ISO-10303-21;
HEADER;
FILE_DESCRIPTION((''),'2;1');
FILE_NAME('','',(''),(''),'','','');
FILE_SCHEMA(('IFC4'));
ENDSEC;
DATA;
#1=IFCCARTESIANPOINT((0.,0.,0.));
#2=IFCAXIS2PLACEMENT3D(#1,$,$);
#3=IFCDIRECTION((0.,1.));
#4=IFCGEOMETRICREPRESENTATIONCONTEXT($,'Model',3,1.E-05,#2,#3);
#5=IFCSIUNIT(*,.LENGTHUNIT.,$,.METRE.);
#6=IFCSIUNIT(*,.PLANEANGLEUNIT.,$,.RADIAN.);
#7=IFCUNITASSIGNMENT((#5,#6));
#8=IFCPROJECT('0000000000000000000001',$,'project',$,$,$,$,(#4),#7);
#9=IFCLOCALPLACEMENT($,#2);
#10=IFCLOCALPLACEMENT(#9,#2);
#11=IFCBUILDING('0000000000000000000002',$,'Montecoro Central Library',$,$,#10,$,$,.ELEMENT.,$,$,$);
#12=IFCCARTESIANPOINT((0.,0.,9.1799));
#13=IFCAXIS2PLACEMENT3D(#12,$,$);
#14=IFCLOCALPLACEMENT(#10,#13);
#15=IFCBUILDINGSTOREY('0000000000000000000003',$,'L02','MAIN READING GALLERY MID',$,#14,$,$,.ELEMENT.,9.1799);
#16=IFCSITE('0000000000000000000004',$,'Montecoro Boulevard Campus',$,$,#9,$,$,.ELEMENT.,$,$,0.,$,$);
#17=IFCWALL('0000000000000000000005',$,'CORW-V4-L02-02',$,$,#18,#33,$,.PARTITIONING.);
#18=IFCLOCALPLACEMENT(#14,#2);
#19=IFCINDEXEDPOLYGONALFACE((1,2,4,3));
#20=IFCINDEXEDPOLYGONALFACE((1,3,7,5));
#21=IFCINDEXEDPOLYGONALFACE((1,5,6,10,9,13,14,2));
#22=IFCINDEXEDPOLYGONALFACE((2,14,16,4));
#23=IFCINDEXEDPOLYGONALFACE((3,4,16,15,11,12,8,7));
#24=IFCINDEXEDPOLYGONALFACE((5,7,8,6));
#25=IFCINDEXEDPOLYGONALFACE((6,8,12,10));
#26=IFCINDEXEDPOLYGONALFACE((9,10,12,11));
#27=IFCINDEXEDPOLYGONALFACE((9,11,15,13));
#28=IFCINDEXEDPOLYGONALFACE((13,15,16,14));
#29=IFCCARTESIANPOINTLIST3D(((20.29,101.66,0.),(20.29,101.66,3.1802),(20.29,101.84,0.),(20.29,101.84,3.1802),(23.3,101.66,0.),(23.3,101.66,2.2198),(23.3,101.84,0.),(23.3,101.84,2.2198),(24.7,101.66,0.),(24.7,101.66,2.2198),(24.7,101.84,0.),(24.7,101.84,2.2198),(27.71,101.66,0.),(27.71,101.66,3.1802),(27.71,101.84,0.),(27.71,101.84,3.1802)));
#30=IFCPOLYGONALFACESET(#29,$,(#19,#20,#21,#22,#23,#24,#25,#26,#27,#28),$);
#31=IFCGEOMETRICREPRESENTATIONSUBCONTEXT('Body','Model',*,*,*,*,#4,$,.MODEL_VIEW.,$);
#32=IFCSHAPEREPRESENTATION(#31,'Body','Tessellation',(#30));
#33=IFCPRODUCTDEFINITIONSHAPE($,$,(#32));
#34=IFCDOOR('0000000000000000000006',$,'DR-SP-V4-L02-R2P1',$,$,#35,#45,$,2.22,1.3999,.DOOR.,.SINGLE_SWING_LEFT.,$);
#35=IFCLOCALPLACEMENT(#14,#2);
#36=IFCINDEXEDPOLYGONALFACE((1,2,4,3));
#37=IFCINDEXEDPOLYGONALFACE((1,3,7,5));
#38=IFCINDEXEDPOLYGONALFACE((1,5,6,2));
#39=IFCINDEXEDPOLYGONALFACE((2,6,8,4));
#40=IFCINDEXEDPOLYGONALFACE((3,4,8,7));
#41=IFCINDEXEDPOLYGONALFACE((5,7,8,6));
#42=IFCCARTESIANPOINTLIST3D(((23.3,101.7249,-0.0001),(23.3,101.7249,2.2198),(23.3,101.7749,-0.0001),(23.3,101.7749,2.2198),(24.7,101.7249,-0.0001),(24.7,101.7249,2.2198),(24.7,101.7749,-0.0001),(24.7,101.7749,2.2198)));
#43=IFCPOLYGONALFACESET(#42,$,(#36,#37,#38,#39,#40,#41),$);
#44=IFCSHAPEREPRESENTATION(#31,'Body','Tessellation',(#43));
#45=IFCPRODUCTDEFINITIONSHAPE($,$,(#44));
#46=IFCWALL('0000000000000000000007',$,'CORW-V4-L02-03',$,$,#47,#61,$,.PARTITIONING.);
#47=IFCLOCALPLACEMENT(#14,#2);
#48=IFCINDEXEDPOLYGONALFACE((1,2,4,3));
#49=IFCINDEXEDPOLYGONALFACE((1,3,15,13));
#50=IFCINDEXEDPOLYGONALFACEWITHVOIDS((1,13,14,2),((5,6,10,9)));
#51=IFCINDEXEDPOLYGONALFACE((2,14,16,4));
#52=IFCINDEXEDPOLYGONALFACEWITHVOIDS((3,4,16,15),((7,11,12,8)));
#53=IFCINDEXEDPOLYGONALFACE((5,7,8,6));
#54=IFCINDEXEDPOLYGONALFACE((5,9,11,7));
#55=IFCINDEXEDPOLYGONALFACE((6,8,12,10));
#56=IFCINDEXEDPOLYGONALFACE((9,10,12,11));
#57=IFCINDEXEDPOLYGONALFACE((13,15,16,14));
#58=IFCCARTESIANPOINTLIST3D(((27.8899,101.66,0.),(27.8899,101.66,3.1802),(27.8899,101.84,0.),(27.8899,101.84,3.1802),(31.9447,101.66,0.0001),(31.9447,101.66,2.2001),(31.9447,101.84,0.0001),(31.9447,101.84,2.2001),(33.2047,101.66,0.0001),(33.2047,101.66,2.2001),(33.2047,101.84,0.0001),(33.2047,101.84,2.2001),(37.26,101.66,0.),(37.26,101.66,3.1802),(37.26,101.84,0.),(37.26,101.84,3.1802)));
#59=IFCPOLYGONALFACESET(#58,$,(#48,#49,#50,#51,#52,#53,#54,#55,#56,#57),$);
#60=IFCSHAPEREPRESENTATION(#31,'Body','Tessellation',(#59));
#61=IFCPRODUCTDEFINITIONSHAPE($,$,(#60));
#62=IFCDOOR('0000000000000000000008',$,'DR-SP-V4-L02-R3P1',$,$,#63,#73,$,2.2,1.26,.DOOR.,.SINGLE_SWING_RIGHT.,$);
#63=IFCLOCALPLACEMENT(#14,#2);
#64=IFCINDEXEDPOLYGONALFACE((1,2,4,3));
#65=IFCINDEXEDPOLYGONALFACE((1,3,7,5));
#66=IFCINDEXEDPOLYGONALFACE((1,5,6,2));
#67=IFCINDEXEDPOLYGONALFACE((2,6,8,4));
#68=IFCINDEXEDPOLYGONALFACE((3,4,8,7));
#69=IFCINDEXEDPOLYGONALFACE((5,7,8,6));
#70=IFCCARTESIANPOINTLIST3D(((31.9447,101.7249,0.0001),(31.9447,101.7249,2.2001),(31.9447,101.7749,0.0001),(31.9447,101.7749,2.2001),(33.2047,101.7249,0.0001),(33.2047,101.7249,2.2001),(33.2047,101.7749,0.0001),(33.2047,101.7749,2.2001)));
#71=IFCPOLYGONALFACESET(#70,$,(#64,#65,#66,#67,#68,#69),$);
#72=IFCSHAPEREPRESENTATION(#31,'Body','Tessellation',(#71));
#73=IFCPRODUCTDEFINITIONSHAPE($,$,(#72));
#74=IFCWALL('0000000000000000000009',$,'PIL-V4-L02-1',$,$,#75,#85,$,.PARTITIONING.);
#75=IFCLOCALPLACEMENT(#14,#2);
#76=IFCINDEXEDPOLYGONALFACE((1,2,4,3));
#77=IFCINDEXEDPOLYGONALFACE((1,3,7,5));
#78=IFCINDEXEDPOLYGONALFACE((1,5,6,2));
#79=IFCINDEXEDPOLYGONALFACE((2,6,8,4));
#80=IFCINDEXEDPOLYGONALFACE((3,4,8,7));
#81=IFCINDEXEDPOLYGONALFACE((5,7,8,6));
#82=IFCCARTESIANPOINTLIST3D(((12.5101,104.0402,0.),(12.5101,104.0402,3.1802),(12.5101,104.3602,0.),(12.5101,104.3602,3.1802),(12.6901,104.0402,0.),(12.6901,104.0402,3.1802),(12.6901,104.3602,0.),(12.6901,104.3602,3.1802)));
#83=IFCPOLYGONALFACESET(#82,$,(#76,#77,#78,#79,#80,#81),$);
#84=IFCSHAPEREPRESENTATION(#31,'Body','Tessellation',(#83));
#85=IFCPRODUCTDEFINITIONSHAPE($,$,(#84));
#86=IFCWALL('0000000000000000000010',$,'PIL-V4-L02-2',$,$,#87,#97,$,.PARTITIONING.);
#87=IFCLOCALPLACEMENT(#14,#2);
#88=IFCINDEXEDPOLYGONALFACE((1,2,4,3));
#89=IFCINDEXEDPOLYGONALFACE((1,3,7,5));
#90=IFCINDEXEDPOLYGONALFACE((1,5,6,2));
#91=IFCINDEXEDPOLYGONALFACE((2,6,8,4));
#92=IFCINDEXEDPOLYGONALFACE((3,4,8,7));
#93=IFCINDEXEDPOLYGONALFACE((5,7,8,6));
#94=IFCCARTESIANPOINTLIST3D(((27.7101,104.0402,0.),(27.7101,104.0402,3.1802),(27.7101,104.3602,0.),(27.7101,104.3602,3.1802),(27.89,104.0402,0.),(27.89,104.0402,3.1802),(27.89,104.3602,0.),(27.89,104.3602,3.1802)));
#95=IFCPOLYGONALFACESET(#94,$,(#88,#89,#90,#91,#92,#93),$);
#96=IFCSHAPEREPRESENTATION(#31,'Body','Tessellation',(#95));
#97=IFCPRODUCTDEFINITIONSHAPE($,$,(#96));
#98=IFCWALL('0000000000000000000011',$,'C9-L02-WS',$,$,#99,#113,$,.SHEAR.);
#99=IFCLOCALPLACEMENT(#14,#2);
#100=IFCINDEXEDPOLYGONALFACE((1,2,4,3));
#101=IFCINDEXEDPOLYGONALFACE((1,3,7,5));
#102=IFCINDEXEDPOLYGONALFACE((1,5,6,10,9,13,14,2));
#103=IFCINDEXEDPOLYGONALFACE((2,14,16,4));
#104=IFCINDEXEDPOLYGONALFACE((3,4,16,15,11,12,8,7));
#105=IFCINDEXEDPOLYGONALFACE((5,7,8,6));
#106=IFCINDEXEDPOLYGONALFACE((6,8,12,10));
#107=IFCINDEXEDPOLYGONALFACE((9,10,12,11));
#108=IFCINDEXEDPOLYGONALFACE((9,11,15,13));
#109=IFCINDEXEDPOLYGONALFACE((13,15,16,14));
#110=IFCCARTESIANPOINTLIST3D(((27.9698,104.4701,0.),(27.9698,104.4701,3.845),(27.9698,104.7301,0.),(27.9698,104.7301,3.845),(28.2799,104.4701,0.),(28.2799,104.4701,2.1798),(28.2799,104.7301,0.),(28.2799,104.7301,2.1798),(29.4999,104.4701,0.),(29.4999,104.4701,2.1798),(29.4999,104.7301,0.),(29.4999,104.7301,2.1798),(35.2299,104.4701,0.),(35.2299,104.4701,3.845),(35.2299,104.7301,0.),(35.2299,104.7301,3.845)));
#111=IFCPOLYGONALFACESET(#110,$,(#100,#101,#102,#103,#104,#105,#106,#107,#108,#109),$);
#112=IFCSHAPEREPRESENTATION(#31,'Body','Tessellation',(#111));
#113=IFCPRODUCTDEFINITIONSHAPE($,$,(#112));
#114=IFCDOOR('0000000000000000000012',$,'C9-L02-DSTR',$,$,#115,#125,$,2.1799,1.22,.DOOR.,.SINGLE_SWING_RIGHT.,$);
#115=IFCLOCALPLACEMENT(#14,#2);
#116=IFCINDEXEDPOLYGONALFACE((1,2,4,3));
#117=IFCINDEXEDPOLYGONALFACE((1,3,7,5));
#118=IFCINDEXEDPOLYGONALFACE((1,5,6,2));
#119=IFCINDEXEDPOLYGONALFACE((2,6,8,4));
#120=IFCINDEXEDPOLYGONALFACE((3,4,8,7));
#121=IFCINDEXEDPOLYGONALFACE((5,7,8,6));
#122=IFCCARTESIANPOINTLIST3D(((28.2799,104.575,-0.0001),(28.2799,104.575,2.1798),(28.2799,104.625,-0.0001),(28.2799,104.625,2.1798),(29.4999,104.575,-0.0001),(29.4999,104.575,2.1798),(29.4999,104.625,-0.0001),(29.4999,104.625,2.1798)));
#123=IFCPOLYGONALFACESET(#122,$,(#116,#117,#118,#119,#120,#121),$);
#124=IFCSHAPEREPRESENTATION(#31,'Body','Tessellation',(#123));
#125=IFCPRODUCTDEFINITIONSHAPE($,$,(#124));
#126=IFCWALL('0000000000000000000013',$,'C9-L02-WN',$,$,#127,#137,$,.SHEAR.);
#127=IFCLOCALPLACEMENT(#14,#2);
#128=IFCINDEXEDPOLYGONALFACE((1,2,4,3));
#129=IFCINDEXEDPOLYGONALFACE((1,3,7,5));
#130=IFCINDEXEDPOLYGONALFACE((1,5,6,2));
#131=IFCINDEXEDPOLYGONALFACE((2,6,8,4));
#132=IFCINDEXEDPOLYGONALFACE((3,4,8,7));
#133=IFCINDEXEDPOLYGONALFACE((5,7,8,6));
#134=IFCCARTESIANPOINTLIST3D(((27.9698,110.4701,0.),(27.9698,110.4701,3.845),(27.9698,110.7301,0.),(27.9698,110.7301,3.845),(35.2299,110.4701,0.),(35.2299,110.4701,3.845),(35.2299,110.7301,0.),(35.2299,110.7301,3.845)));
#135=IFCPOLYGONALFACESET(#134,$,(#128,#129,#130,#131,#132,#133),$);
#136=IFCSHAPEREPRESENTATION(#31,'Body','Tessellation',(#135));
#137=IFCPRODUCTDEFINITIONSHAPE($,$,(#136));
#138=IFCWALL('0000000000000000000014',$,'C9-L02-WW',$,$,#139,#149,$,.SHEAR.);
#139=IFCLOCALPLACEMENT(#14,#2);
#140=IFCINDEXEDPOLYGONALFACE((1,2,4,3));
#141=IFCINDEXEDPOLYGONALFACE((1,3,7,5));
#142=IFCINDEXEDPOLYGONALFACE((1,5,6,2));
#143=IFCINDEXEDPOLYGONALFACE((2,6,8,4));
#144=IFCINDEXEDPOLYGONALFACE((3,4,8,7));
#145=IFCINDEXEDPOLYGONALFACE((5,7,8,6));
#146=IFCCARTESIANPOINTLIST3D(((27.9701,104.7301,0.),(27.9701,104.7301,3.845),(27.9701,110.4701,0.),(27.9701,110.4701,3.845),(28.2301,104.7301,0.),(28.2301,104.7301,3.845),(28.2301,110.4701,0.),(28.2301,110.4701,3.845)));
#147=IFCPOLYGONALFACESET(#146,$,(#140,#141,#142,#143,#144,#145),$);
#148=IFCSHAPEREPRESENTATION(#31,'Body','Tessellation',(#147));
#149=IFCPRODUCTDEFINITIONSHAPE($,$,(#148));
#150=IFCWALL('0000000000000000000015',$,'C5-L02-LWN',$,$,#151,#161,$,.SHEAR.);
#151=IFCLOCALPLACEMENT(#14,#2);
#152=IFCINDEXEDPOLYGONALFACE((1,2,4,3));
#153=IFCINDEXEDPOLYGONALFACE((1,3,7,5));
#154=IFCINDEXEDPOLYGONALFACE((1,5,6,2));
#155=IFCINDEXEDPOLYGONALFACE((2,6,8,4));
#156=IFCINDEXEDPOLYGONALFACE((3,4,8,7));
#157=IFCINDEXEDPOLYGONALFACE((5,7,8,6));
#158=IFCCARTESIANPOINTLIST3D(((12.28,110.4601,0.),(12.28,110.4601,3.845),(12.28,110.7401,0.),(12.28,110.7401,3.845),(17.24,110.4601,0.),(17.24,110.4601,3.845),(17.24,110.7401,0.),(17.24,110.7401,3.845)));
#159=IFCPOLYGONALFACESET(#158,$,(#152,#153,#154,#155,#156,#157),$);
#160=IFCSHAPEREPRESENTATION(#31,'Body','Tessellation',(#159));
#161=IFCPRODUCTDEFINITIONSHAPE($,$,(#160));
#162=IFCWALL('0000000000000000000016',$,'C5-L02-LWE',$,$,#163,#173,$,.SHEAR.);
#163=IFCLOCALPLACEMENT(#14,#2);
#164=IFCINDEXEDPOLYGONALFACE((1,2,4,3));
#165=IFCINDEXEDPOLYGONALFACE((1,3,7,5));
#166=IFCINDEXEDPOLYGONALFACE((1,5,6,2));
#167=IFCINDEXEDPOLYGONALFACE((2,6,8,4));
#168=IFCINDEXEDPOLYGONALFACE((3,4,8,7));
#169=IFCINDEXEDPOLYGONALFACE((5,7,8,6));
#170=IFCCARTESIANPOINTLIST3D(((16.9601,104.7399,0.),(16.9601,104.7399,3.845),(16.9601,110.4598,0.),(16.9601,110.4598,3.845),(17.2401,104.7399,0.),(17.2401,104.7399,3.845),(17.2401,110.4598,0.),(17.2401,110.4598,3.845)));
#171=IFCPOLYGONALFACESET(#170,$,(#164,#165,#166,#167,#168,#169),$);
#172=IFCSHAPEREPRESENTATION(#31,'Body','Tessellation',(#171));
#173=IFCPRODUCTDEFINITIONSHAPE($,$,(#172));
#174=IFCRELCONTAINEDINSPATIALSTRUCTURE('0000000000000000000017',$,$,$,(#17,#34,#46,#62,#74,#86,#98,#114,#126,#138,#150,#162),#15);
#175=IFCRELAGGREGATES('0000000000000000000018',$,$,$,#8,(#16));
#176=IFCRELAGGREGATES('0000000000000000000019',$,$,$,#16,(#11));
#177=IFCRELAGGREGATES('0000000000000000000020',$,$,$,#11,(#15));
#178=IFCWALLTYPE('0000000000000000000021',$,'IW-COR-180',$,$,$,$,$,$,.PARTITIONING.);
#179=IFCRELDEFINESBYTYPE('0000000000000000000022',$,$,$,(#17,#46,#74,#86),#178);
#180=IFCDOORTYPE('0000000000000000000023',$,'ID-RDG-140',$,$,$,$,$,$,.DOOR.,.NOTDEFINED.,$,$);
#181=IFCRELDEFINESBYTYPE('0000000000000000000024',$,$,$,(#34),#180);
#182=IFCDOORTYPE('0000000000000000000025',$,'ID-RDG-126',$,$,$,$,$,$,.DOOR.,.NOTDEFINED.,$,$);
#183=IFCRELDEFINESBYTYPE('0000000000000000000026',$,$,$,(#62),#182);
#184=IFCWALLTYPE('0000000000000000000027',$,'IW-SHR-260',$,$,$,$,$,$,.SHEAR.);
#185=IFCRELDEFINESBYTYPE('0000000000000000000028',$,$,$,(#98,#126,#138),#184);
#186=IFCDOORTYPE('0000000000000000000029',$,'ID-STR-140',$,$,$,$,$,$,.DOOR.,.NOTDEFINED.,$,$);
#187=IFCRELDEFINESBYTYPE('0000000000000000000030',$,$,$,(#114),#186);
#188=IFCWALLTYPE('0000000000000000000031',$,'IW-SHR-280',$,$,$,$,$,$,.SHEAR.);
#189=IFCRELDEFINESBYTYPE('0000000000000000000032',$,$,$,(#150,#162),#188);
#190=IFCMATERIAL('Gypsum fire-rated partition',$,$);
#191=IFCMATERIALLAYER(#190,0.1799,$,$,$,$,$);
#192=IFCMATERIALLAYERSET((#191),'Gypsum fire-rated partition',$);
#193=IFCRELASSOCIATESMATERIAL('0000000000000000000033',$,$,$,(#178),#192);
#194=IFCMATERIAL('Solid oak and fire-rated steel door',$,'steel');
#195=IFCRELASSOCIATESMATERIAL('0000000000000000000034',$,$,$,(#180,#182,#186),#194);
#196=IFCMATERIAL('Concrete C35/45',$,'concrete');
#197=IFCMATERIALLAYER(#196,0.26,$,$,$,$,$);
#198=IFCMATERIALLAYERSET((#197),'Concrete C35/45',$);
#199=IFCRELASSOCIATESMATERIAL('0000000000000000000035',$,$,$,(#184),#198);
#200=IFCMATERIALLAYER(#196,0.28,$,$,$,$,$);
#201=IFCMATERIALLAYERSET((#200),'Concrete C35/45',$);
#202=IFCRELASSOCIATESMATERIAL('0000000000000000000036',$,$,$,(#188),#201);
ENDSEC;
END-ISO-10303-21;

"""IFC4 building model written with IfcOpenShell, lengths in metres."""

from ifc_helpers import new_model, si_unit, direction, frame, frame_2d, origin, place, context, subcontext, project, spatial, rectangle, extrude, material, layer, layer_set, type_object, element, fill, save


model = new_model("IFC4")

# Units and contexts
model_context = context("Model", 3, precision=1e-05, world=origin(), true_north=direction((0.0, 1.0)))
body_context = subcontext(model_context, "Body", "Model", "MODEL_VIEW")
ifc_project = project(units=[si_unit("LENGTHUNIT", "METRE"), si_unit("PLANEANGLEUNIT", "RADIAN")], contexts=[model_context])

# Site, building, storey
site_placement = place(None, origin())
site = spatial("IfcSite", under=ifc_project, at=site_placement, Name="Montecoro Boulevard Campus", CompositionType="ELEMENT", RefElevation=0.0)
building_placement = place(site_placement, origin())
building = spatial("IfcBuilding", under=site, at=building_placement, Name="Montecoro Central Library", CompositionType="ELEMENT")
storey_placement = place(building_placement, frame((0.0, 0.0, 9.1799)))
storey = spatial("IfcBuildingStorey", under=building, at=storey_placement, Name="L02", Description="MAIN READING GALLERY MID", CompositionType="ELEMENT", Elevation=9.1799)

# Shared definitions
ifc_material_1 = material(Name="Concrete C35/45", Category="concrete")

# Walls, openings, doors
ifc_material_2 = material(Name="Gypsum fire-rated partition")
ifc_layer_1 = layer(ifc_material_2, 0.1799)
ifc_layer_set_1 = layer_set([ifc_layer_1], Name="Gypsum fire-rated partition")
wall_type_1 = type_object("IfcWallType", Name="IW-COR-180", PredefinedType="PARTITIONING", material=ifc_layer_set_1)
wall_1_placement = place(storey_placement, frame((20.29, 101.75, 0.0), z_axis=(0.0, 0.0, 1.0), x_axis=(1.0, 0.0, 0.0)))
wall_1 = element("IfcWall", 1, at=wall_1_placement, inside=storey, type_object=wall_type_1, Name="CORW-V4-L02-02", PredefinedType="PARTITIONING", context=body_context, shape_type="SweptSolid", body=[
    extrude(rectangle(XDim=7.4199, YDim=0.1799, at=frame_2d((3.71, 0.0))), origin(), (0.0, 0.0, 1.0), 3.1802),
])
opening_1_placement = place(wall_1_placement, frame((3.01, 0.0, 0.0)))
opening_1 = element("IfcOpeningElement", 2, at=opening_1_placement, cuts=wall_1, PredefinedType="OPENING", context=body_context, shape_type="SweptSolid", body=[
    extrude(rectangle(XDim=1.3999, YDim=2.22, at=frame_2d((0.7, 1.1099))), frame((0.0, 0.0999, 0.0), z_axis=(0.0, -1.0, 0.0), x_axis=(1.0, 0.0, 0.0)), (0.0, 0.0, 1.0), 0.2),
])
ifc_material_3 = material(Name="Solid oak and fire-rated steel door", Category="steel")
door_type_1 = type_object("IfcDoorType", Name="ID-RDG-140", OperationType="NOTDEFINED", PredefinedType="DOOR", material=ifc_material_3)
door_1_placement = place(opening_1_placement, origin())
door_1 = element("IfcDoor", 3, at=door_1_placement, inside=storey, type_object=door_type_1, Name="DR-SP-V4-L02-R2P1", OperationType="SINGLE_SWING_LEFT", OverallHeight=2.22, OverallWidth=1.3999, PredefinedType="DOOR", context=body_context, shape_type="SweptSolid", body=[
    extrude(rectangle(XDim=1.3999, YDim=2.22, at=frame_2d((0.7, 1.1099))), frame((0.0, 0.0249, 0.0), z_axis=(0.0, -1.0, 0.0), x_axis=(1.0, 0.0, 0.0)), (0.0, 0.0, 1.0), 0.05),
])
fill(opening_1, door_1)
wall_2_placement = place(storey_placement, frame((27.8899, 101.75, 0.0), z_axis=(0.0, 0.0, 1.0), x_axis=(1.0, 0.0, 0.0)))
wall_2 = element("IfcWall", 4, at=wall_2_placement, inside=storey, type_object=wall_type_1, Name="CORW-V4-L02-03", PredefinedType="PARTITIONING", context=body_context, shape_type="SweptSolid", body=[
    extrude(rectangle(XDim=9.3701, YDim=0.1799, at=frame_2d((4.6851, 0.0))), origin(), (0.0, 0.0, 1.0), 3.1802),
])
opening_2_placement = place(wall_2_placement, frame((4.0549, 0.0, 0.0)))
opening_2 = element("IfcOpeningElement", 5, at=opening_2_placement, cuts=wall_2, PredefinedType="OPENING", context=body_context, shape_type="SweptSolid", body=[
    extrude(rectangle(XDim=1.26, YDim=2.2, at=frame_2d((0.6299, 1.1001))), frame((0.0, 0.0999, 0.0), z_axis=(0.0, -1.0, 0.0), x_axis=(1.0, 0.0, 0.0)), (0.0, 0.0, 1.0), 0.2),
])
door_type_2 = type_object("IfcDoorType", Name="ID-RDG-126", OperationType="NOTDEFINED", PredefinedType="DOOR", material=ifc_material_3)
door_2_placement = place(opening_2_placement, origin())
door_2 = element("IfcDoor", 6, at=door_2_placement, inside=storey, type_object=door_type_2, Name="DR-SP-V4-L02-R3P1", OperationType="SINGLE_SWING_RIGHT", OverallHeight=2.2, OverallWidth=1.26, PredefinedType="DOOR", context=body_context, shape_type="SweptSolid", body=[
    extrude(rectangle(XDim=1.26, YDim=2.2, at=frame_2d((0.6299, 1.1001))), frame((0.0, 0.0249, 0.0), z_axis=(0.0, -1.0, 0.0), x_axis=(1.0, 0.0, 0.0)), (0.0, 0.0, 1.0), 0.05),
])
fill(opening_2, door_2)

# Walls
for number, where, z_axis, x_axis, name in (
    (7, (12.6001, 104.04, 0.0), (0.0, 0.0, 1.0), (0.0, 1.0, 0.0), "PIL-V4-L02-1"),
    (8, (27.8, 104.04, 0.0), (0.0, 0.0, 1.0), (0.0, 1.0, 0.0), "PIL-V4-L02-2"),
):
    element("IfcWall", number, at=place(storey_placement, frame(where, z_axis=z_axis, x_axis=x_axis)), inside=storey, type_object=wall_type_1, Name=name, PredefinedType="PARTITIONING", context=body_context, shape_type="SweptSolid", body=[
        extrude(rectangle(XDim=0.3201, YDim=0.1799, at=frame_2d((0.1602, 0.0))), origin(), (0.0, 0.0, 1.0), 3.1802),
    ])

# Wall, opening, door
ifc_layer_2 = layer(ifc_material_1, 0.26)
ifc_layer_set_2 = layer_set([ifc_layer_2], Name="Concrete C35/45")
wall_type_2 = type_object("IfcWallType", Name="IW-SHR-260", PredefinedType="SHEAR", material=ifc_layer_set_2)
wall_3_placement = place(storey_placement, frame((27.97, 104.6001, 0.0), z_axis=(0.0, 0.0, 1.0), x_axis=(1.0, 0.0, 0.0)))
wall_3 = element("IfcWall", 9, at=wall_3_placement, inside=storey, type_object=wall_type_2, Name="C9-L02-WS", PredefinedType="SHEAR", context=body_context, shape_type="SweptSolid", body=[
    extrude(rectangle(XDim=7.26, YDim=0.26, at=frame_2d((3.6299, 0.0))), origin(), (0.0, 0.0, 1.0), 3.845),
])
opening_3_placement = place(wall_3_placement, frame((0.3101, 0.0, 0.0)))
opening_3 = element("IfcOpeningElement", 10, at=opening_3_placement, cuts=wall_3, PredefinedType="OPENING", context=body_context, shape_type="SweptSolid", body=[
    extrude(rectangle(XDim=1.22, YDim=2.1799, at=frame_2d((0.6099, 1.0898))), frame((0.0, 0.1399, 0.0), z_axis=(0.0, -1.0, 0.0), x_axis=(1.0, 0.0, 0.0)), (0.0, 0.0, 1.0), 0.28),
])
door_type_3 = type_object("IfcDoorType", Name="ID-STR-140", OperationType="NOTDEFINED", PredefinedType="DOOR", material=ifc_material_3)
door_3_placement = place(opening_3_placement, origin())
door_3 = element("IfcDoor", 11, at=door_3_placement, inside=storey, type_object=door_type_3, Name="C9-L02-DSTR", OperationType="SINGLE_SWING_RIGHT", OverallHeight=2.1799, OverallWidth=1.22, PredefinedType="DOOR", context=body_context, shape_type="SweptSolid", body=[
    extrude(rectangle(XDim=1.22, YDim=2.1799, at=frame_2d((0.6099, 1.0898))), frame((0.0, 0.0249, 0.0), z_axis=(0.0, -1.0, 0.0), x_axis=(1.0, 0.0, 0.0)), (0.0, 0.0, 1.0), 0.05),
])
fill(opening_3, door_3)

# Walls
wall_4_placement = place(storey_placement, frame((27.97, 110.6001, 0.0), z_axis=(0.0, 0.0, 1.0), x_axis=(1.0, 0.0, 0.0)))
element("IfcWall", 12, at=wall_4_placement, inside=storey, type_object=wall_type_2, Name="C9-L02-WN", PredefinedType="SHEAR", context=body_context, shape_type="SweptSolid", body=[
    extrude(rectangle(XDim=7.26, YDim=0.26, at=frame_2d((3.6299, 0.0))), origin(), (0.0, 0.0, 1.0), 3.845),
])
wall_5_placement = place(storey_placement, frame((28.1001, 104.73, 0.0), z_axis=(0.0, 0.0, 1.0), x_axis=(0.0, 1.0, 0.0)))
element("IfcWall", 13, at=wall_5_placement, inside=storey, type_object=wall_type_2, Name="C9-L02-WW", PredefinedType="SHEAR", context=body_context, shape_type="SweptSolid", body=[
    extrude(rectangle(XDim=5.74, YDim=0.26, at=frame_2d((2.8701, 0.0))), origin(), (0.0, 0.0, 1.0), 3.845),
])
ifc_layer_3 = layer(ifc_material_1, 0.28)
ifc_layer_set_3 = layer_set([ifc_layer_3], Name="Concrete C35/45")
wall_type_3 = type_object("IfcWallType", Name="IW-SHR-280", PredefinedType="SHEAR", material=ifc_layer_set_3)
wall_6_placement = place(storey_placement, frame((17.24, 110.6001, 0.0), z_axis=(0.0, 0.0, 1.0), x_axis=(-1.0, 0.0, 0.0)))
element("IfcWall", 14, at=wall_6_placement, inside=storey, type_object=wall_type_3, Name="C5-L02-LWN", PredefinedType="SHEAR", context=body_context, shape_type="SweptSolid", body=[
    extrude(rectangle(XDim=4.96, YDim=0.28, at=frame_2d((2.48, 0.0))), origin(), (0.0, 0.0, 1.0), 3.845),
])
wall_7_placement = place(storey_placement, frame((17.1001, 104.74, 0.0), z_axis=(0.0, 0.0, 1.0), x_axis=(0.0, 1.0, 0.0)))
element("IfcWall", 15, at=wall_7_placement, inside=storey, type_object=wall_type_3, Name="C5-L02-LWE", PredefinedType="SHEAR", context=body_context, shape_type="SweptSolid", body=[
    extrude(rectangle(XDim=5.72, YDim=0.28, at=frame_2d((2.8599, 0.0))), origin(), (0.0, 0.0, 1.0), 3.845),
])

save(model, "model.ifc")
